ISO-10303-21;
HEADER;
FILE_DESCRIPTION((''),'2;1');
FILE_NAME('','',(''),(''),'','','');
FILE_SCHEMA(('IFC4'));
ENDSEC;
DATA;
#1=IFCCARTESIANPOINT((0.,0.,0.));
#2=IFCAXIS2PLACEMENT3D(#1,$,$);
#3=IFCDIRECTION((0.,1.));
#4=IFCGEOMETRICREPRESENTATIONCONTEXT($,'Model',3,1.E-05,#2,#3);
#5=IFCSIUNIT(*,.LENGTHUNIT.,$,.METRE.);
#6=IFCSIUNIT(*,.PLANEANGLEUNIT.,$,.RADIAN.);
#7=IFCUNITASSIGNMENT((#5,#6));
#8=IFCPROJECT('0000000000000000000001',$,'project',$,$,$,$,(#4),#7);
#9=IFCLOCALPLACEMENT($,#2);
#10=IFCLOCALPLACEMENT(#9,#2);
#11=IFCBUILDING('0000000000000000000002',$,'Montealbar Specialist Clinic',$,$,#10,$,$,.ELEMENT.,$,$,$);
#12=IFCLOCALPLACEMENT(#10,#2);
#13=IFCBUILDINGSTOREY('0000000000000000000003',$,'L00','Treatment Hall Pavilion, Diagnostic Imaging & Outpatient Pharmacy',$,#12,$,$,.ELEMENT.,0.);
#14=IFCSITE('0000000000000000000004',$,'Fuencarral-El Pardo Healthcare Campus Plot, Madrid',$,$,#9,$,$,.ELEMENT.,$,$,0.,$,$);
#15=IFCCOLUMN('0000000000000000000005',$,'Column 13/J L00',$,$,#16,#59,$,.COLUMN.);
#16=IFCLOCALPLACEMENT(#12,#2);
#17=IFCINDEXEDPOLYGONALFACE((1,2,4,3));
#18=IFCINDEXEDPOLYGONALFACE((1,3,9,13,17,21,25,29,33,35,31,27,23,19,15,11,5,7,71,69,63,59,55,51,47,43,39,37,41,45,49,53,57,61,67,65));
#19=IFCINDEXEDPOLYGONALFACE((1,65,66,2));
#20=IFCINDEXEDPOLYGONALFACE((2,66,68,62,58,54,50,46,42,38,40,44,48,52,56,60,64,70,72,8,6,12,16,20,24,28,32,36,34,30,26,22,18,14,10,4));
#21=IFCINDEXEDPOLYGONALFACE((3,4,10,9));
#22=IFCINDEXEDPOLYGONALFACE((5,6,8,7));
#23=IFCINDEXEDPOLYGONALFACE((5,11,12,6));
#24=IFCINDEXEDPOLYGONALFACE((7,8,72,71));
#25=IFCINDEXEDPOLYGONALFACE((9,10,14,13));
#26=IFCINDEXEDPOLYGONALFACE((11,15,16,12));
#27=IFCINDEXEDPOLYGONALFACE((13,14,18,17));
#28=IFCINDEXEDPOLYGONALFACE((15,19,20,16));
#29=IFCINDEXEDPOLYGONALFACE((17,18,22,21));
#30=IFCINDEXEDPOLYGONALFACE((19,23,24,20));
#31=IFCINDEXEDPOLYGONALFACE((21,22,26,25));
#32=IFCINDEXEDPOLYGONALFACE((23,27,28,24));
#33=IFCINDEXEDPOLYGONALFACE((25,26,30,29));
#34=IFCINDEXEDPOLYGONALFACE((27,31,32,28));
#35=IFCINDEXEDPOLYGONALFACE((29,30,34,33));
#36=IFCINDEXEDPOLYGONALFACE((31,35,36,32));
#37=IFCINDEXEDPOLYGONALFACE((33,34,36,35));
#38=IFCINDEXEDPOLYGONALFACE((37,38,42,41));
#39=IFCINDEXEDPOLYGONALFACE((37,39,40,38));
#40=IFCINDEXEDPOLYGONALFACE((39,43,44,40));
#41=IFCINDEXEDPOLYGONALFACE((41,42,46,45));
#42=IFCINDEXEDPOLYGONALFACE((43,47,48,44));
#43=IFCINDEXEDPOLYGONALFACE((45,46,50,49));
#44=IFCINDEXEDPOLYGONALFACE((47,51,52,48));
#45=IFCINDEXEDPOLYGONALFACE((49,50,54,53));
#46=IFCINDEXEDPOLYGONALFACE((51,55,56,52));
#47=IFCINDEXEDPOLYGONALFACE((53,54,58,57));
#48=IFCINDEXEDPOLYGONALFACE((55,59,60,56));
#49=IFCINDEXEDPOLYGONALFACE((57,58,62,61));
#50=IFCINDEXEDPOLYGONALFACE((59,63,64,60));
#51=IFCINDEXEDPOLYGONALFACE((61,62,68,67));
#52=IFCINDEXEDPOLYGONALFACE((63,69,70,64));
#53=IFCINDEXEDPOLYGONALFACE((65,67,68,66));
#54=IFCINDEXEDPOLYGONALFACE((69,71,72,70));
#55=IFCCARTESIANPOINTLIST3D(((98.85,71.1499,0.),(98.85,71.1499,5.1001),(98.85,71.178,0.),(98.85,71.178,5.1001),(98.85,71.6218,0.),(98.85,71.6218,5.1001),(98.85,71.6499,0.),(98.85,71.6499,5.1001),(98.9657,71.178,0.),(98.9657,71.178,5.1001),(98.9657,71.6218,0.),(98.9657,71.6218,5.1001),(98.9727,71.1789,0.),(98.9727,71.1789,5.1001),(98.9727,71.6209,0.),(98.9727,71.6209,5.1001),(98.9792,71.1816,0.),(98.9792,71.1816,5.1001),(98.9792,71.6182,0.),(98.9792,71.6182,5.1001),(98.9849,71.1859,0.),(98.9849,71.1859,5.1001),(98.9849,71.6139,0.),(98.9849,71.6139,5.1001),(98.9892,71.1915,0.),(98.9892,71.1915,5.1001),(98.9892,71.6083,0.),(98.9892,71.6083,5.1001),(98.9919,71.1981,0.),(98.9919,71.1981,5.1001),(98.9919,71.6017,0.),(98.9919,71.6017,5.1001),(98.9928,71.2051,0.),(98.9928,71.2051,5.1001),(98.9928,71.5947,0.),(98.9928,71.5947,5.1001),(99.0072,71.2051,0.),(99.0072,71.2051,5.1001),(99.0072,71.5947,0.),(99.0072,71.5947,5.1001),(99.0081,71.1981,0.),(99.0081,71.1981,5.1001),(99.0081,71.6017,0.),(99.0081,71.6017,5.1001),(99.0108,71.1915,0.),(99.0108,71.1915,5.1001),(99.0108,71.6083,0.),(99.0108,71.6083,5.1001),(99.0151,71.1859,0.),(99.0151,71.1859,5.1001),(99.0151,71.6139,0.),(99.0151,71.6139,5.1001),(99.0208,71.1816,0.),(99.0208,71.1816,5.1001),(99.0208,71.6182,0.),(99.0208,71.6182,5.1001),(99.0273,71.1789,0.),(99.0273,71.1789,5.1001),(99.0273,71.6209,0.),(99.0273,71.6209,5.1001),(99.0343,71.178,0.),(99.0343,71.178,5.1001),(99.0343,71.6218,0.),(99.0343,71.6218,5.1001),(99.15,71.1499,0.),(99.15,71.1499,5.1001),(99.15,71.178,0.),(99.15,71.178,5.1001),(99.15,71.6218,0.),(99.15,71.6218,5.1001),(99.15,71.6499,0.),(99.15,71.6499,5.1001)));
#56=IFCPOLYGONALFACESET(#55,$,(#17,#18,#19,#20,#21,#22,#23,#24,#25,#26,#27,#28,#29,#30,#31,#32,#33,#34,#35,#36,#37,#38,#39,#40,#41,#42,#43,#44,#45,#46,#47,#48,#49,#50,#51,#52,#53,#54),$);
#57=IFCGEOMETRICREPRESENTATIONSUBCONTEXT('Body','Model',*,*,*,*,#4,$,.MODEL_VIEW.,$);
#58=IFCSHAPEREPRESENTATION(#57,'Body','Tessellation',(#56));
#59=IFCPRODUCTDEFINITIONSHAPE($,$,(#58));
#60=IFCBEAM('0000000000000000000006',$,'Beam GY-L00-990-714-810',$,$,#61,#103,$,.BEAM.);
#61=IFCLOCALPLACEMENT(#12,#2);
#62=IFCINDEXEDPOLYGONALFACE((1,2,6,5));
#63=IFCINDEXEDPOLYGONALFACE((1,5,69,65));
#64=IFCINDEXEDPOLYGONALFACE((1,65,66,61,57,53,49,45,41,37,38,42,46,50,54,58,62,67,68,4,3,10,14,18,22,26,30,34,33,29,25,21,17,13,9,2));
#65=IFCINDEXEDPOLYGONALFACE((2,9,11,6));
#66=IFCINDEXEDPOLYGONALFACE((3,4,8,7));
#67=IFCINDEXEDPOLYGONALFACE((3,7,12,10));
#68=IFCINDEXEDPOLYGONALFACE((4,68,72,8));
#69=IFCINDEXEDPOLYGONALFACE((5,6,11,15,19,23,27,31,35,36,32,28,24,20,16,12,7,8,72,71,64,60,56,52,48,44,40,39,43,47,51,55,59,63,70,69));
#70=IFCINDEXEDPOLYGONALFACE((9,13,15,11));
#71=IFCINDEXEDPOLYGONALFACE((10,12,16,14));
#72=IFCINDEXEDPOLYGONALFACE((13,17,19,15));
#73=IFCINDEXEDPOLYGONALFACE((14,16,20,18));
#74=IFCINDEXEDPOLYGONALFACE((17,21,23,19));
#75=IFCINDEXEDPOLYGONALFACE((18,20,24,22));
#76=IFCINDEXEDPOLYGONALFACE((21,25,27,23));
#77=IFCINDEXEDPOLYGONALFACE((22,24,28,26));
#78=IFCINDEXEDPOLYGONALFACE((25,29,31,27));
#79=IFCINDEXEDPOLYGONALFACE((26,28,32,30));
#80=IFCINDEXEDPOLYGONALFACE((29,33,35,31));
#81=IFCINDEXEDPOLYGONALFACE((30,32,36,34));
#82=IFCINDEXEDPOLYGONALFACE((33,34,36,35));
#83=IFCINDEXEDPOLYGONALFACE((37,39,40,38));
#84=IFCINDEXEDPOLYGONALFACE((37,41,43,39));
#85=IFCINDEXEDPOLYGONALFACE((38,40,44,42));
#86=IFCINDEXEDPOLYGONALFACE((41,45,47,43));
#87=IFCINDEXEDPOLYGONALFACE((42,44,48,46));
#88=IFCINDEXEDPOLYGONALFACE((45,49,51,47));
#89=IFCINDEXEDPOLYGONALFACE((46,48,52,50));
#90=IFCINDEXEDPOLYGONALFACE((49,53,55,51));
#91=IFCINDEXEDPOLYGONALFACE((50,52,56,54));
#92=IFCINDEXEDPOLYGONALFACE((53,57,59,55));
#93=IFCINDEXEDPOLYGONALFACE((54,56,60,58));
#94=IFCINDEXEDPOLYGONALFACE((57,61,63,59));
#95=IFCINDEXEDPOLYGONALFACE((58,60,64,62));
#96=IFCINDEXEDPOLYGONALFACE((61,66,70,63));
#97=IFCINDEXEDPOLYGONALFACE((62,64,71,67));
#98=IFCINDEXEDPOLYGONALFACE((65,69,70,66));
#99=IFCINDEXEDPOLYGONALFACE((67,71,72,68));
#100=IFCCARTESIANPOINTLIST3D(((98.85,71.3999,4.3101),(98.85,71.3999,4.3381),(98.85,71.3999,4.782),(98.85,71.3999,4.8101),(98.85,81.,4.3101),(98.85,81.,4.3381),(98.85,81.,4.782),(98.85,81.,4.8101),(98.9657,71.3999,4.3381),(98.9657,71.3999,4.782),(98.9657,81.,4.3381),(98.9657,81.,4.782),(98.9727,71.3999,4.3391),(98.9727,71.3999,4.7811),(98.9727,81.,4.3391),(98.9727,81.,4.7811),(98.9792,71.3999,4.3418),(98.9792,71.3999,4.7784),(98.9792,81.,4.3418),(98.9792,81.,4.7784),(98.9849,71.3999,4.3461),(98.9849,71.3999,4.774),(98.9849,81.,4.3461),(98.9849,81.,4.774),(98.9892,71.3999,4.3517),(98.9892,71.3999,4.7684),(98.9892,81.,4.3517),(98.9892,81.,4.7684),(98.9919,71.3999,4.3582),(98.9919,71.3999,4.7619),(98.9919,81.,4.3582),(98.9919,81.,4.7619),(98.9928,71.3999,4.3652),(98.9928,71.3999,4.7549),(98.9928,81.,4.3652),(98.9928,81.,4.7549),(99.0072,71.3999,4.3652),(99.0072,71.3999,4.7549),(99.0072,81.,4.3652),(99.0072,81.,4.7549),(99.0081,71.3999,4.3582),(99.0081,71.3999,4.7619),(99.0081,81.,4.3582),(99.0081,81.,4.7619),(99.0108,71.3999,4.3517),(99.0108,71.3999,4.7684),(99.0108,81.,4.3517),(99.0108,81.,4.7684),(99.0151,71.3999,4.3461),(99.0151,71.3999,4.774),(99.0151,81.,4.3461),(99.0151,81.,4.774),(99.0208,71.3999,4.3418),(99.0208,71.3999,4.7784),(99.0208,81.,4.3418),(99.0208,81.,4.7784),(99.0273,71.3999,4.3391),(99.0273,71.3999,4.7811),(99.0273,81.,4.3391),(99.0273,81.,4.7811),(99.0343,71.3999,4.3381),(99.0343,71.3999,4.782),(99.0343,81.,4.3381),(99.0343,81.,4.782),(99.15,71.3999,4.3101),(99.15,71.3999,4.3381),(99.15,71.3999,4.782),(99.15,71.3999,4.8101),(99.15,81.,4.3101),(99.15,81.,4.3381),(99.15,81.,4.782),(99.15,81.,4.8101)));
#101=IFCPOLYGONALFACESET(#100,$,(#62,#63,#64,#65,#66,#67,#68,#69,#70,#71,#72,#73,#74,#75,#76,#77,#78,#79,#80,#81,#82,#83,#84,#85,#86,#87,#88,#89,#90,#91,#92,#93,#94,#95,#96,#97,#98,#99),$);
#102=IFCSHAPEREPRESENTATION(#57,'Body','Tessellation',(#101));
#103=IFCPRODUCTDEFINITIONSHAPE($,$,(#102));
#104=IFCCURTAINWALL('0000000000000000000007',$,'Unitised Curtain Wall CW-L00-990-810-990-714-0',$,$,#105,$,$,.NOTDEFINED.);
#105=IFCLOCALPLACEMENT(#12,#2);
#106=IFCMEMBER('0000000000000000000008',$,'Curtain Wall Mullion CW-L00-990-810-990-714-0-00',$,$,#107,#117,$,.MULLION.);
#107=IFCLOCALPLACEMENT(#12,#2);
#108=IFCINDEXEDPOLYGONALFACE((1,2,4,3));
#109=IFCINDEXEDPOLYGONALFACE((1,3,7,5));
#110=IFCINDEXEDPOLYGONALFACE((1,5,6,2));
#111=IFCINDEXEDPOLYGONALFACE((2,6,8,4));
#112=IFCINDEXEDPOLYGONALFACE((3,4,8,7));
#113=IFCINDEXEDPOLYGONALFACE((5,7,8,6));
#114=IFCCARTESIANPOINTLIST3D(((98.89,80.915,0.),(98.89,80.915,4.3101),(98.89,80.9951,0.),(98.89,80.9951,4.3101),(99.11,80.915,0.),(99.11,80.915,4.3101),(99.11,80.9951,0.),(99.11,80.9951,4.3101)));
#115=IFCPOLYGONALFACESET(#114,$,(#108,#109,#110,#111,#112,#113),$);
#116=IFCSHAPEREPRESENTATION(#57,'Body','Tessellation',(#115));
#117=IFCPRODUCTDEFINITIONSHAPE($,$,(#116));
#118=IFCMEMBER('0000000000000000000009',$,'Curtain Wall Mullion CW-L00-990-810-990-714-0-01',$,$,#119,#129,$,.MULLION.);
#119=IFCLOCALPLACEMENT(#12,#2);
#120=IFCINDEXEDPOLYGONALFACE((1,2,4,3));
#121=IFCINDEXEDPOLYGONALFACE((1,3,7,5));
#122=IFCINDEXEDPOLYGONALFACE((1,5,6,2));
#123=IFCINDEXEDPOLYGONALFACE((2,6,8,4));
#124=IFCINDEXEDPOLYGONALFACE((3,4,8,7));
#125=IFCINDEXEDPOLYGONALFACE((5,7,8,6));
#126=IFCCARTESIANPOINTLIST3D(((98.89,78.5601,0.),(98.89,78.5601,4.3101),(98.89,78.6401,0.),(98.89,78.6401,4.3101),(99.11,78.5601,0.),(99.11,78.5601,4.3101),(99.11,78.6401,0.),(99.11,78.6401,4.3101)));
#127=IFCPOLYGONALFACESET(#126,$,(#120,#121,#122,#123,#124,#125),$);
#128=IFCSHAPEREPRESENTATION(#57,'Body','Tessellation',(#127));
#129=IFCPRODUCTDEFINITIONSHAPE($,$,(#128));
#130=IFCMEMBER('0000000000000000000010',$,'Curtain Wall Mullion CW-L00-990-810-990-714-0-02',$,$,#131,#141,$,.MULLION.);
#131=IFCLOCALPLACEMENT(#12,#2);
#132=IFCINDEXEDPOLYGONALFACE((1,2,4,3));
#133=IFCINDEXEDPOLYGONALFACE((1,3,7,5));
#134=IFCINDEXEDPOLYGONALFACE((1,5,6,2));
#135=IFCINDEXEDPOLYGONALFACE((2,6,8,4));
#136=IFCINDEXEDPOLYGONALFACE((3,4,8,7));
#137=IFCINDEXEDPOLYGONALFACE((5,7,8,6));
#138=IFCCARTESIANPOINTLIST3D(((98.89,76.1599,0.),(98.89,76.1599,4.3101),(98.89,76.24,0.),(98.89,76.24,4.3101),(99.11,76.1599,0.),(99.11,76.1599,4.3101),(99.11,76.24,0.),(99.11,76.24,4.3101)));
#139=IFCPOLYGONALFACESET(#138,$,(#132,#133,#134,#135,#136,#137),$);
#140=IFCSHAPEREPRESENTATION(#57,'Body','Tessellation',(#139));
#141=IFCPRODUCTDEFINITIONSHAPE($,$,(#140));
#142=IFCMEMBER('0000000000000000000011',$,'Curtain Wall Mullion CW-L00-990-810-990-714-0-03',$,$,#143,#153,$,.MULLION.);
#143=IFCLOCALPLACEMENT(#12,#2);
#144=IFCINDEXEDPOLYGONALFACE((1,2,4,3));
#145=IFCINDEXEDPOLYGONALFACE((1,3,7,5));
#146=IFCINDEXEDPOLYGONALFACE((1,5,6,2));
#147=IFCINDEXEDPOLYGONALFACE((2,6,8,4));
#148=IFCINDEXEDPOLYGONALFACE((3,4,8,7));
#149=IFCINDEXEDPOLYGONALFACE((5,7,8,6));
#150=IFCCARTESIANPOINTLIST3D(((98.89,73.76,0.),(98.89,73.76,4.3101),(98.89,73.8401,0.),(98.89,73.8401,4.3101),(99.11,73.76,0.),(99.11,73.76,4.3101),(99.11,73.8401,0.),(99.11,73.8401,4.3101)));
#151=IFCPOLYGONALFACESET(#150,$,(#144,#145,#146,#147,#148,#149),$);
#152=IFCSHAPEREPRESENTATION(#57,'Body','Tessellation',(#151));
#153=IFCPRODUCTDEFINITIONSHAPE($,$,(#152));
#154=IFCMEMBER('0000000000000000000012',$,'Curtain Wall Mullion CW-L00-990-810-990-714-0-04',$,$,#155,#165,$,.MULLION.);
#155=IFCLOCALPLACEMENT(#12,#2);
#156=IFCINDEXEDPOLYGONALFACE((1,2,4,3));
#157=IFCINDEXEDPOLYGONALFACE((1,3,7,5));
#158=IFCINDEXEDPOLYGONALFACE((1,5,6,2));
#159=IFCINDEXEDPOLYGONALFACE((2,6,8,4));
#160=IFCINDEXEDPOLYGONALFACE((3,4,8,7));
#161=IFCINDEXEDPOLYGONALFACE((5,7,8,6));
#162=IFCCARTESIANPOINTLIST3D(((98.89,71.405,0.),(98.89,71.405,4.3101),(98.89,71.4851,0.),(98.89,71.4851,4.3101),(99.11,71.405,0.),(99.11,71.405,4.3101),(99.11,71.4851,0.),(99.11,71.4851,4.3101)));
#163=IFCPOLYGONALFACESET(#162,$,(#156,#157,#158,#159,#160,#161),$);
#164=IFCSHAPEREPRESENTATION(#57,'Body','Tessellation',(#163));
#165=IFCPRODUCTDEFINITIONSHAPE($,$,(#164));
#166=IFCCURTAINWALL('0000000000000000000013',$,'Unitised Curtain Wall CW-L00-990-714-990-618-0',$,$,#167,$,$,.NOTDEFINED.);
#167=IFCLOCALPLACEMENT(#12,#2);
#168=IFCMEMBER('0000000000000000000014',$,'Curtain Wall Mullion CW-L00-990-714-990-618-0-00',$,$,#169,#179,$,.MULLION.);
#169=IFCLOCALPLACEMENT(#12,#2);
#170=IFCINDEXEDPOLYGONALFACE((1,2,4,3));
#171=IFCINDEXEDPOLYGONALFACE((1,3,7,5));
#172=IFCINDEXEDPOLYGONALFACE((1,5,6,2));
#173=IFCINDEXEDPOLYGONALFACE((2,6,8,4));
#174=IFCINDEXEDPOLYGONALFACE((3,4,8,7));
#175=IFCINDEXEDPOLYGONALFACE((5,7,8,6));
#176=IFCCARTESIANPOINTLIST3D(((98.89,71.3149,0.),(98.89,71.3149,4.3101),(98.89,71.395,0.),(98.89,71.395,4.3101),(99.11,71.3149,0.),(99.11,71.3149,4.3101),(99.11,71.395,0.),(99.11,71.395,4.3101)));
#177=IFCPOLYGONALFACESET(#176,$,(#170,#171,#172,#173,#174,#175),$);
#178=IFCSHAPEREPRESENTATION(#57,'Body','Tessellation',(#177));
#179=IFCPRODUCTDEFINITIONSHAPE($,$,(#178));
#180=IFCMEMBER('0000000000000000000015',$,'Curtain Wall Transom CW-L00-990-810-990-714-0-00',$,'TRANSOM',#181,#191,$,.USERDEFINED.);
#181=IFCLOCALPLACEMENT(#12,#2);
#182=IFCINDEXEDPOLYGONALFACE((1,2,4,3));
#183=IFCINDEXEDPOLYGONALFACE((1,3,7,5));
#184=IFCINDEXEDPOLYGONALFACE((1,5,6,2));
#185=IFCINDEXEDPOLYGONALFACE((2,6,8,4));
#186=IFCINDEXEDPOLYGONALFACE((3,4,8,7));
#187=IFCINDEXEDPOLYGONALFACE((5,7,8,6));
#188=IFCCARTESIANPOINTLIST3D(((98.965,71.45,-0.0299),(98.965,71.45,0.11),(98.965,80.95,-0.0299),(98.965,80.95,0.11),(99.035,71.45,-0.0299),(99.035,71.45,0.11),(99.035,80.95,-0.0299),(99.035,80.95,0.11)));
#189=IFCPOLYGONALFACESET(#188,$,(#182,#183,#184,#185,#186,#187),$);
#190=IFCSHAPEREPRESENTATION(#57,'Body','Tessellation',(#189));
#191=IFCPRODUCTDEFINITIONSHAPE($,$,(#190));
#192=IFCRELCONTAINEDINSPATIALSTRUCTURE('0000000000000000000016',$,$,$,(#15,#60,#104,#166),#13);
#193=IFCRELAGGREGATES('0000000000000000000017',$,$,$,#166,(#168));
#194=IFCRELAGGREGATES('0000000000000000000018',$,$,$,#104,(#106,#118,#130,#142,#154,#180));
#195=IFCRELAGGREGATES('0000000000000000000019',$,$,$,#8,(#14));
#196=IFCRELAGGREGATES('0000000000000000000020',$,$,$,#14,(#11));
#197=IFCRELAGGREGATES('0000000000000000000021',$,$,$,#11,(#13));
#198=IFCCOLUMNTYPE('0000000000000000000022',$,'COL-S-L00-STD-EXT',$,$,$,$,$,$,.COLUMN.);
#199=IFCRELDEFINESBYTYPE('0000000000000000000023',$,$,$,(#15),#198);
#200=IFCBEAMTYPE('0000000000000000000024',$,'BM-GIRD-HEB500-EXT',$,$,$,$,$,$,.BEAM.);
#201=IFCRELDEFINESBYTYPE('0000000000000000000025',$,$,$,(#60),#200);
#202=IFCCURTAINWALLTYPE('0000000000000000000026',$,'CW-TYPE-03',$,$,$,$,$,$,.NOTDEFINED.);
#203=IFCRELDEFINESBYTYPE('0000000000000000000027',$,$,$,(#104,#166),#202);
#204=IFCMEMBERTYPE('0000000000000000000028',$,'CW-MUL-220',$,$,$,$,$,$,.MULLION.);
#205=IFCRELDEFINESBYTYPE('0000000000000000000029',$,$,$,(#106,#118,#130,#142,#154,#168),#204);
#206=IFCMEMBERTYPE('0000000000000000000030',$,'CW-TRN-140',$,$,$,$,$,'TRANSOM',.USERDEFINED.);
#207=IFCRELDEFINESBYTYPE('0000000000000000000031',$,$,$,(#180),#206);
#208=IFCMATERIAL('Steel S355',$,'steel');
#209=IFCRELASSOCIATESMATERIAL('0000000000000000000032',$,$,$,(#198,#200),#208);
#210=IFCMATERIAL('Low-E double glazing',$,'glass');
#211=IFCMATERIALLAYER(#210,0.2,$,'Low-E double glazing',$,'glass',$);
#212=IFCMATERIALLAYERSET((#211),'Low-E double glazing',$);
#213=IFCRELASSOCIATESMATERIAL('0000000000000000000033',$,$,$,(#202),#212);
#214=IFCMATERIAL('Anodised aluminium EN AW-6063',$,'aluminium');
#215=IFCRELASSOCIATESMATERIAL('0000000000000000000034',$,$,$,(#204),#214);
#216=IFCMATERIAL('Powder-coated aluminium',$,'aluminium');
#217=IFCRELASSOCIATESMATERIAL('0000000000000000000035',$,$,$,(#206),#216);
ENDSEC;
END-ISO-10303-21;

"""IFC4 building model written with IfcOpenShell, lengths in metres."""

from ifc_helpers import new_model, si_unit, direction, frame, origin, origin_2d, place, context, subcontext, project, spatial, rectangle, i_section, extrude, material, layer, layer_set, material_profile, profile_set, type_object, element, aggregate, save


model = new_model("IFC4")

# Units and contexts
model_context = context("Model", 3, precision=1e-05, world=origin(), true_north=direction((0.0, 1.0)))
body_context = subcontext(model_context, "Body", "Model", "MODEL_VIEW")
ifc_project = project(units=[si_unit("LENGTHUNIT", "METRE"), si_unit("PLANEANGLEUNIT", "RADIAN")], contexts=[model_context])

# Site, building, storey
site_placement = place(None, origin())
site = spatial("IfcSite", under=ifc_project, at=site_placement, Name="Fuencarral-El Pardo Healthcare Campus Plot, Madrid", CompositionType="ELEMENT", RefElevation=0.0)
building_placement = place(site_placement, origin())
building = spatial("IfcBuilding", under=site, at=building_placement, Name="Montealbar Specialist Clinic", CompositionType="ELEMENT")
storey_placement = place(building_placement, origin())
storey = spatial("IfcBuildingStorey", under=building, at=storey_placement, Name="L00", Description="Treatment Hall Pavilion, Diagnostic Imaging & Outpatient Pharmacy", CompositionType="ELEMENT", Elevation=0.0)

# Column
ifc_material_1 = material(Name="Steel S355", Category="steel")
ifc_material_profile_1 = material_profile(ifc_material_1, i_section(OverallWidth=0.3, OverallDepth=0.5, WebThickness=0.0144, FlangeThickness=0.0281, FilletRadius=0.0271, at=origin_2d()), Name="HEB 500", Category="steel")
ifc_profile_set_1 = profile_set([ifc_material_profile_1], Name="Steel S355")
column_type = type_object("IfcColumnType", Name="COL-S-L00-STD-EXT", PredefinedType="COLUMN", material=ifc_profile_set_1)
column_placement = place(storey_placement, frame((99.0, 71.3999, 0.0), z_axis=(0.0, 0.0, 1.0), x_axis=(1.0, 0.0, 0.0)))
element("IfcColumn", 1, at=column_placement, inside=storey, type_object=column_type, Name="Column 13/J L00", PredefinedType="COLUMN", context=body_context, shape_type="SweptSolid", body=[
    extrude(i_section(OverallWidth=0.3, OverallDepth=0.5, WebThickness=0.0144, FlangeThickness=0.0281, FilletRadius=0.0271, at=origin_2d()), origin(), (0.0, 0.0, 1.0), 5.1001),
])

# Beam
ifc_material_profile_2 = material_profile(ifc_material_1, i_section(OverallWidth=0.3, OverallDepth=0.5, WebThickness=0.0144, FlangeThickness=0.0281, FilletRadius=0.0271, at=origin_2d()), Name="HEB 500", Category="steel")
ifc_profile_set_2 = profile_set([ifc_material_profile_2], Name="Steel S355")
beam_type = type_object("IfcBeamType", Name="BM-GIRD-HEB500-EXT", PredefinedType="BEAM", material=ifc_profile_set_2)
beam_placement = place(storey_placement, frame((99.0, 71.3999, 4.5601), z_axis=(0.0, 1.0, 0.0), x_axis=(-1.0, 0.0, 0.0)))
element("IfcBeam", 2, at=beam_placement, inside=storey, type_object=beam_type, Name="Beam GY-L00-990-714-810", PredefinedType="BEAM", context=body_context, shape_type="SweptSolid", body=[
    extrude(i_section(OverallWidth=0.3, OverallDepth=0.5, WebThickness=0.0144, FlangeThickness=0.0281, FilletRadius=0.0271, at=origin_2d()), origin(), (0.0, 0.0, 1.0), 9.6001),
])

# Curtain wall, members
ifc_material_2 = material(Name="Low-E double glazing", Category="glass")
ifc_layer_1 = layer(ifc_material_2, 0.2, Name="Low-E double glazing", Category="glass")
ifc_layer_set_1 = layer_set([ifc_layer_1], Name="Low-E double glazing")
curtain_wall_type = type_object("IfcCurtainWallType", Name="CW-TYPE-03", PredefinedType="NOTDEFINED", material=ifc_layer_set_1)
curtain_wall_1_placement = place(storey_placement, origin())
curtain_wall_1 = element("IfcCurtainWall", 3, at=curtain_wall_1_placement, inside=storey, type_object=curtain_wall_type, Name="Unitised Curtain Wall CW-L00-990-810-990-714-0", PredefinedType="NOTDEFINED")
ifc_material_3 = material(Name="Anodised aluminium EN AW-6063", Category="aluminium")
ifc_material_profile_3 = material_profile(ifc_material_3, rectangle(XDim=0.0801, YDim=0.22, at=origin_2d()), Name="ALU 80x220", Category="aluminium")
ifc_profile_set_3 = profile_set([ifc_material_profile_3], Name="Anodised aluminium EN AW-6063")
member_type_1 = type_object("IfcMemberType", Name="CW-MUL-220", PredefinedType="MULLION", material=ifc_profile_set_3)
member_1_placement = place(storey_placement, frame((99.0, 80.9551, 0.0), z_axis=(0.0, 0.0, 1.0), x_axis=(0.0, -1.0, 0.0)))
member_1 = element("IfcMember", 4, at=member_1_placement, type_object=member_type_1, Name="Curtain Wall Mullion CW-L00-990-810-990-714-0-00", PredefinedType="MULLION", context=body_context, shape_type="SweptSolid", body=[
    extrude(rectangle(XDim=0.0801, YDim=0.22, at=origin_2d()), origin(), (0.0, 0.0, 1.0), 4.3101),
])
member_2_placement = place(storey_placement, frame((99.0, 78.6001, 0.0), z_axis=(0.0, 0.0, 1.0), x_axis=(0.0, -1.0, 0.0)))
member_2 = element("IfcMember", 5, at=member_2_placement, type_object=member_type_1, Name="Curtain Wall Mullion CW-L00-990-810-990-714-0-01", PredefinedType="MULLION", context=body_context, shape_type="SweptSolid", body=[
    extrude(rectangle(XDim=0.0801, YDim=0.22, at=origin_2d()), origin(), (0.0, 0.0, 1.0), 4.3101),
])
member_3_placement = place(storey_placement, frame((99.0, 76.2, 0.0), z_axis=(0.0, 0.0, 1.0), x_axis=(0.0, -1.0, 0.0)))
member_3 = element("IfcMember", 6, at=member_3_placement, type_object=member_type_1, Name="Curtain Wall Mullion CW-L00-990-810-990-714-0-02", PredefinedType="MULLION", context=body_context, shape_type="SweptSolid", body=[
    extrude(rectangle(XDim=0.0801, YDim=0.22, at=origin_2d()), origin(), (0.0, 0.0, 1.0), 4.3101),
])
member_4_placement = place(storey_placement, frame((99.0, 73.8, 0.0), z_axis=(0.0, 0.0, 1.0), x_axis=(0.0, -1.0, 0.0)))
member_4 = element("IfcMember", 7, at=member_4_placement, type_object=member_type_1, Name="Curtain Wall Mullion CW-L00-990-810-990-714-0-03", PredefinedType="MULLION", context=body_context, shape_type="SweptSolid", body=[
    extrude(rectangle(XDim=0.0801, YDim=0.22, at=origin_2d()), origin(), (0.0, 0.0, 1.0), 4.3101),
])
member_5_placement = place(storey_placement, frame((99.0, 71.4451, 0.0), z_axis=(0.0, 0.0, 1.0), x_axis=(0.0, -1.0, 0.0)))
member_5 = element("IfcMember", 8, at=member_5_placement, type_object=member_type_1, Name="Curtain Wall Mullion CW-L00-990-810-990-714-0-04", PredefinedType="MULLION", context=body_context, shape_type="SweptSolid", body=[
    extrude(rectangle(XDim=0.0801, YDim=0.22, at=origin_2d()), origin(), (0.0, 0.0, 1.0), 4.3101),
])

# Curtain wall, member
curtain_wall_2_placement = place(storey_placement, origin())
curtain_wall_2 = element("IfcCurtainWall", 9, at=curtain_wall_2_placement, inside=storey, type_object=curtain_wall_type, Name="Unitised Curtain Wall CW-L00-990-714-990-618-0", PredefinedType="NOTDEFINED")
member_6_placement = place(storey_placement, frame((99.0, 71.355, 0.0), z_axis=(0.0, 0.0, 1.0), x_axis=(0.0, -1.0, 0.0)))
member_6 = element("IfcMember", 10, at=member_6_placement, type_object=member_type_1, Name="Curtain Wall Mullion CW-L00-990-714-990-618-0-00", PredefinedType="MULLION", context=body_context, shape_type="SweptSolid", body=[
    extrude(rectangle(XDim=0.0801, YDim=0.22, at=origin_2d()), origin(), (0.0, 0.0, 1.0), 4.3101),
])

# Member
ifc_material_4 = material(Name="Powder-coated aluminium", Category="aluminium")
ifc_material_profile_4 = material_profile(ifc_material_4, rectangle(XDim=0.0701, YDim=0.1399, at=origin_2d()), Name="ALU 70x140", Category="aluminium")
ifc_profile_set_4 = profile_set([ifc_material_profile_4], Name="Powder-coated aluminium")
member_type_2 = type_object("IfcMemberType", Name="CW-TRN-140", ElementType="TRANSOM", PredefinedType="USERDEFINED", material=ifc_profile_set_4)
member_7_placement = place(storey_placement, frame((99.0, 80.95, 0.04), z_axis=(0.0, -1.0, 0.0), x_axis=(1.0, 0.0, 0.0)))
member_7 = element("IfcMember", 11, at=member_7_placement, type_object=member_type_2, Name="Curtain Wall Transom CW-L00-990-810-990-714-0-00", ObjectType="TRANSOM", PredefinedType="USERDEFINED", context=body_context, shape_type="SweptSolid", body=[
    extrude(rectangle(XDim=0.0701, YDim=0.1399, at=origin_2d()), origin(), (0.0, 0.0, 1.0), 9.5),
])
aggregate(curtain_wall_2, [member_6])

aggregate(curtain_wall_1, [member_1, member_2, member_3, member_4, member_5, member_7])

save(model, "model.ifc")
